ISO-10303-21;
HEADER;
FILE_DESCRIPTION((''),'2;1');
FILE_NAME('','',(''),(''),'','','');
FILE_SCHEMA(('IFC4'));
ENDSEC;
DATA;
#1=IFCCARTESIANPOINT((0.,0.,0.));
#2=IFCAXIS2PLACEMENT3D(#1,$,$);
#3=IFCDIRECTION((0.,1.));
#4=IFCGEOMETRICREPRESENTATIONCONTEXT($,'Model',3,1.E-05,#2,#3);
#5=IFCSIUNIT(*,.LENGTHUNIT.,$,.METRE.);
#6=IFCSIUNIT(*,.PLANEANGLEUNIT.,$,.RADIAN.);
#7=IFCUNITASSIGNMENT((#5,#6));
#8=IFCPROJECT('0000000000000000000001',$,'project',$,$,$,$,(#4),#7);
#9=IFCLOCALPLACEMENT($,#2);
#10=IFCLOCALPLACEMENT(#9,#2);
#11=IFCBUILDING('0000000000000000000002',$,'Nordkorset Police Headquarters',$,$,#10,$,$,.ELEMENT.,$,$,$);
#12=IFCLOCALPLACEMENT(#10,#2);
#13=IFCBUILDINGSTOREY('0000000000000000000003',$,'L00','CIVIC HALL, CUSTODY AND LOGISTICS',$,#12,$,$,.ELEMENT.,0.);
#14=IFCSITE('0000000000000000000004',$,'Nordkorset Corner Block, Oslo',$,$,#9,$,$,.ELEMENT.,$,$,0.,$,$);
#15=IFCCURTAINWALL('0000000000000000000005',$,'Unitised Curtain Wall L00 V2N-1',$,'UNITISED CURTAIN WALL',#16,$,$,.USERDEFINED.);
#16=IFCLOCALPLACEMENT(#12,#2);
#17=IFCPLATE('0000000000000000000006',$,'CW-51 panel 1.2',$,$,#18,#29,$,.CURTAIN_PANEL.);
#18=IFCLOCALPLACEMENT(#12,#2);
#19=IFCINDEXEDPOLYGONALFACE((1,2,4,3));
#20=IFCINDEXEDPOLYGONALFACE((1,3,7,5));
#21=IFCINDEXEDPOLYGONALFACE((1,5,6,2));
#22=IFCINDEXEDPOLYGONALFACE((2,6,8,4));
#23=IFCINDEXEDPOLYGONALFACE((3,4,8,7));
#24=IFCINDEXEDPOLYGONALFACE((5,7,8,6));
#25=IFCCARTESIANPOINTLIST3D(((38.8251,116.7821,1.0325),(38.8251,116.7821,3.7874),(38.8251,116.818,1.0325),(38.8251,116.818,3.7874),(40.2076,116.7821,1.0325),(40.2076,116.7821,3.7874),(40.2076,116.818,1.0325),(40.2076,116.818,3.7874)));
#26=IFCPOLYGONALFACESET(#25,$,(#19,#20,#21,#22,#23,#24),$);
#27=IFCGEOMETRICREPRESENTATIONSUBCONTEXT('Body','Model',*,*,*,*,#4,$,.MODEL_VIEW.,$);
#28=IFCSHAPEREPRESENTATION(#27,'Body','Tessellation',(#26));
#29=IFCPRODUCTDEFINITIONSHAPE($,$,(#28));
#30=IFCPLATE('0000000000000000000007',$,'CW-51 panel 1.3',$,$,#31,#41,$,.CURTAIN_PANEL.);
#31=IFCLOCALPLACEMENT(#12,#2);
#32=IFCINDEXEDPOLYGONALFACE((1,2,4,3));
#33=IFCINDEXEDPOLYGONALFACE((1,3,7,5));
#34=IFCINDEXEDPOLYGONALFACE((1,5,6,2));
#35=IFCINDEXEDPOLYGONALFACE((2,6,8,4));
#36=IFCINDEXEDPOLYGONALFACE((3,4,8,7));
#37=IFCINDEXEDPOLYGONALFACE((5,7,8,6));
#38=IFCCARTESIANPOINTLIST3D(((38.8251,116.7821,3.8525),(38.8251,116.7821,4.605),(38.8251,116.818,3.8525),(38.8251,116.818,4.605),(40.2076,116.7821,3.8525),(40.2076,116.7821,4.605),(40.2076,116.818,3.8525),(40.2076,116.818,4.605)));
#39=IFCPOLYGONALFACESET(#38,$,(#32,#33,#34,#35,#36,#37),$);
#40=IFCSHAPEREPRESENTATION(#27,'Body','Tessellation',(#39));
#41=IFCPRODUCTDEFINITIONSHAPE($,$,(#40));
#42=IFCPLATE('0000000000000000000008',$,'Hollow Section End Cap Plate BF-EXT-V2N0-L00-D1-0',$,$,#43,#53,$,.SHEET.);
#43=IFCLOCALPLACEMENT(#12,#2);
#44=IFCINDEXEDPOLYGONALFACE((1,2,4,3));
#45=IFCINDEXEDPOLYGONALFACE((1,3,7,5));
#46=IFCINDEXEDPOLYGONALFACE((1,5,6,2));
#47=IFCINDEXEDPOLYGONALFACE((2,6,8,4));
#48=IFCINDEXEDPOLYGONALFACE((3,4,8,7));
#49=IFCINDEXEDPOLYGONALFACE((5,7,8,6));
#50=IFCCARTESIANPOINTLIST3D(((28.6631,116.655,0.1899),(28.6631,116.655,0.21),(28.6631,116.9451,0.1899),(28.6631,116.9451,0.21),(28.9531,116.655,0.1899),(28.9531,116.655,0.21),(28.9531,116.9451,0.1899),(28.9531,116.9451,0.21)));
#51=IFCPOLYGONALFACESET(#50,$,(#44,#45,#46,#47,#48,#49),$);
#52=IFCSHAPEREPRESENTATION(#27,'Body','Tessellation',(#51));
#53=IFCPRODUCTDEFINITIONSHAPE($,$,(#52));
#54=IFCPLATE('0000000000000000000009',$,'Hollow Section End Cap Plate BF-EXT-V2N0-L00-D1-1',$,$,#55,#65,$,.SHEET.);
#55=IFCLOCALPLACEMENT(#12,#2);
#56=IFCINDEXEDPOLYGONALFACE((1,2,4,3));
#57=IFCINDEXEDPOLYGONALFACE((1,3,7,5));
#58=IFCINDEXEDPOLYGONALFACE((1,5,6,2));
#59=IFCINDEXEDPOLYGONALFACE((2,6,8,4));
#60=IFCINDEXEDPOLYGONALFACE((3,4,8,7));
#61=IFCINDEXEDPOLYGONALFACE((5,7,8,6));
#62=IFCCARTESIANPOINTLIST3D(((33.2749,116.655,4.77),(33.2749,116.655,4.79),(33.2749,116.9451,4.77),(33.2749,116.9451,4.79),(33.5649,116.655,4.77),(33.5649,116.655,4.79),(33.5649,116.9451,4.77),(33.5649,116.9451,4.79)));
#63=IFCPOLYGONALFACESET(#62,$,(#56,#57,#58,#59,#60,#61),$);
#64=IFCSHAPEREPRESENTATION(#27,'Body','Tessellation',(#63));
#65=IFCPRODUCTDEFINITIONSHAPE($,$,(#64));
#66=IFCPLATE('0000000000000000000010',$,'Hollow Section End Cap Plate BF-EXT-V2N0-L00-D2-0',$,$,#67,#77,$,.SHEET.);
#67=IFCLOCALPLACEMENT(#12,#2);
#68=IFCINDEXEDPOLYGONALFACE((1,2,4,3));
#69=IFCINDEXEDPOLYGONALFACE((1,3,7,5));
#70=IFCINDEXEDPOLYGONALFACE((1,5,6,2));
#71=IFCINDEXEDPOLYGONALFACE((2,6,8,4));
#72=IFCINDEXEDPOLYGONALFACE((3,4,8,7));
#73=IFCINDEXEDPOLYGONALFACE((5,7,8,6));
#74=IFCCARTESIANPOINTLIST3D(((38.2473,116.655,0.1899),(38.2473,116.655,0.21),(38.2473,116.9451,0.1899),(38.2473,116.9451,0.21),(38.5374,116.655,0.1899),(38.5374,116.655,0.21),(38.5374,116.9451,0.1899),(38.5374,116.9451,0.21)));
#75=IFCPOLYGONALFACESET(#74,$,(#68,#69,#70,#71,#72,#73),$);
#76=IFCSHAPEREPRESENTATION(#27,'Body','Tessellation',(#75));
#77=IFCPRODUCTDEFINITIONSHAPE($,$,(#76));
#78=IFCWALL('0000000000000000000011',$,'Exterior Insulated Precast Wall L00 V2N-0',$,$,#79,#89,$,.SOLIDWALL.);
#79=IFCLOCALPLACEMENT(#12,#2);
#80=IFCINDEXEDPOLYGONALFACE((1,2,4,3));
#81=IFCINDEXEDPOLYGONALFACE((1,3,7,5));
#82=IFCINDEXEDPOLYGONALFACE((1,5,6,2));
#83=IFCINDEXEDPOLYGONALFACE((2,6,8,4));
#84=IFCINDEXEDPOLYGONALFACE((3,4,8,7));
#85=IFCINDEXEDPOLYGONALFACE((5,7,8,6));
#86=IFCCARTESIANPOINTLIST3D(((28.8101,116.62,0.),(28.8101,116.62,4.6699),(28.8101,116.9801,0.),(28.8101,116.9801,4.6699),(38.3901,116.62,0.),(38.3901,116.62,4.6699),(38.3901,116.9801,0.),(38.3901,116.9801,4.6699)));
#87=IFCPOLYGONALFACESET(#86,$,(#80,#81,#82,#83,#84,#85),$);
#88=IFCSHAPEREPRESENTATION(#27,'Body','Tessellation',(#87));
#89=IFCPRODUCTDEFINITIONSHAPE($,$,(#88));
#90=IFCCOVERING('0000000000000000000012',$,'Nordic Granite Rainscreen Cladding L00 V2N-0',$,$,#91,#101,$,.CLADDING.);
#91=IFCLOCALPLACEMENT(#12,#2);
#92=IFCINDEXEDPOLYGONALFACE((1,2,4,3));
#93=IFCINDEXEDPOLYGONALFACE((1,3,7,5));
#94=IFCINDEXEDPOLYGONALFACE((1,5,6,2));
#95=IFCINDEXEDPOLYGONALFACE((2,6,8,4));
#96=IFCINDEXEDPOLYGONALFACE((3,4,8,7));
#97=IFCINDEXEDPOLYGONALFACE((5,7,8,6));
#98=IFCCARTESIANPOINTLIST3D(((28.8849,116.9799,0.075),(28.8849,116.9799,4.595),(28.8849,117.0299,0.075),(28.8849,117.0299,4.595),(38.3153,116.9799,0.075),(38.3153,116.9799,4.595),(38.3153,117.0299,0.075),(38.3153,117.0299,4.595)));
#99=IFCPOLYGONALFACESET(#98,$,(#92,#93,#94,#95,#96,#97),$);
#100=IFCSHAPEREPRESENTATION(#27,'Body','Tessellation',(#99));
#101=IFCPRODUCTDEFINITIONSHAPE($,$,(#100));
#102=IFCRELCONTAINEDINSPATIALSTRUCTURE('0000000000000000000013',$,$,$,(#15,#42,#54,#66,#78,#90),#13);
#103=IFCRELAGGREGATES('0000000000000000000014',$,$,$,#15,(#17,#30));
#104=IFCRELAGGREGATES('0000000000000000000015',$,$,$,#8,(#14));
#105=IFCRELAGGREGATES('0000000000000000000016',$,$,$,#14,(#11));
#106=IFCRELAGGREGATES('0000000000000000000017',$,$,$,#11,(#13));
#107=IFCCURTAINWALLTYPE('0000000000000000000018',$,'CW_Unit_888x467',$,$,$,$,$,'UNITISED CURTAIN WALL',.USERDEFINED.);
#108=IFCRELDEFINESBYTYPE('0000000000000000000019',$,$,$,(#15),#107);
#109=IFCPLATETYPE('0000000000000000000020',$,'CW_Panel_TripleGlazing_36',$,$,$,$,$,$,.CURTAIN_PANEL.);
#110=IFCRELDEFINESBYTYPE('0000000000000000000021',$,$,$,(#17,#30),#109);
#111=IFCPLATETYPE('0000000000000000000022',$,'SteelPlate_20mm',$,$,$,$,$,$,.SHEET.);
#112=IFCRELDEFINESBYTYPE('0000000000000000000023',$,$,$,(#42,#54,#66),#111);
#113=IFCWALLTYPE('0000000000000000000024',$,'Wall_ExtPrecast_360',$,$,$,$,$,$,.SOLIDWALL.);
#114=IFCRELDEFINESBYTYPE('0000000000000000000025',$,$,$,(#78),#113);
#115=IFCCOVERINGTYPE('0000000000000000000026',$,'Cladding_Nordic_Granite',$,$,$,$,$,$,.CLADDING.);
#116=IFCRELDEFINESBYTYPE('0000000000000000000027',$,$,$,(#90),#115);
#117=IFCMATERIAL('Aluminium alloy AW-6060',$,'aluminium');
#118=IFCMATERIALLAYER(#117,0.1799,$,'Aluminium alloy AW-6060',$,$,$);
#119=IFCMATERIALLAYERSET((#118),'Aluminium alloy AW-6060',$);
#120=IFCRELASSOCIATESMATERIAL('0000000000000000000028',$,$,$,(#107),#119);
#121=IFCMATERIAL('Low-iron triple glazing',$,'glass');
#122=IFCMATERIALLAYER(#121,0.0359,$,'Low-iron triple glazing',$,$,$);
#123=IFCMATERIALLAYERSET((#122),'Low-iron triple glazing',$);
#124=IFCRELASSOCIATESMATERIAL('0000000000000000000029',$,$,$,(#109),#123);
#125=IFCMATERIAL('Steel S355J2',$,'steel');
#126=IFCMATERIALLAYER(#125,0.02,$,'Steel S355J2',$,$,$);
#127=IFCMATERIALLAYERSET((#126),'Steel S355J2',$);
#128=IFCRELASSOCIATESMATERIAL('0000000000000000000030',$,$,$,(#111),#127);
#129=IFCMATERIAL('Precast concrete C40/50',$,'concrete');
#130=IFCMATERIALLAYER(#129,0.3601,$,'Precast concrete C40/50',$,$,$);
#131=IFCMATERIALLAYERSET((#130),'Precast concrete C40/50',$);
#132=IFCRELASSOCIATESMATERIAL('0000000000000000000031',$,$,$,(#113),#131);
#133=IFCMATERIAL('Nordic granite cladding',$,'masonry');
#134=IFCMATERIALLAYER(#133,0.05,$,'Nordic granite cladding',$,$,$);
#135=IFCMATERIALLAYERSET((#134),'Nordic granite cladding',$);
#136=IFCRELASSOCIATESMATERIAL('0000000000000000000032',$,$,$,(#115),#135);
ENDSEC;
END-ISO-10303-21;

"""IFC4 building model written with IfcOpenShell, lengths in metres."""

from ifc_helpers import new_model, si_unit, direction, frame, frame_2d, origin, origin_2d, place, context, subcontext, project, spatial, rectangle, extrude, material, layer, layer_set, type_object, element, aggregate, save


model = new_model("IFC4")

# Units and contexts
model_context = context("Model", 3, precision=1e-05, world=origin(), true_north=direction((0.0, 1.0)))
body_context = subcontext(model_context, "Body", "Model", "MODEL_VIEW")
ifc_project = project(units=[si_unit("LENGTHUNIT", "METRE"), si_unit("PLANEANGLEUNIT", "RADIAN")], contexts=[model_context])

# Site, building, storey
site_placement = place(None, origin())
site = spatial("IfcSite", under=ifc_project, at=site_placement, Name="Nordkorset Corner Block, Oslo", CompositionType="ELEMENT", RefElevation=0.0)
building_placement = place(site_placement, origin())
building = spatial("IfcBuilding", under=site, at=building_placement, Name="Nordkorset Police Headquarters", CompositionType="ELEMENT")
storey_placement = place(building_placement, origin())
storey = spatial("IfcBuildingStorey", under=building, at=storey_placement, Name="L00", Description="CIVIC HALL, CUSTODY AND LOGISTICS", CompositionType="ELEMENT", Elevation=0.0)

# Shared definitions
ifc_material_1 = material(Name="Aluminium alloy AW-6060", Category="aluminium")
ifc_layer_1 = layer(ifc_material_1, 0.1799, Name="Aluminium alloy AW-6060")
ifc_layer_set_1 = layer_set([ifc_layer_1], Name="Aluminium alloy AW-6060")
curtain_wall_type = type_object("IfcCurtainWallType", Name="CW_Unit_888x467", ElementType="UNITISED CURTAIN WALL", PredefinedType="USERDEFINED", material=ifc_layer_set_1)

# Curtain wall
curtain_wall_1_placement = place(storey_placement, origin())
curtain_wall_1 = element("IfcCurtainWall", 1, at=curtain_wall_1_placement, inside=storey, type_object=curtain_wall_type, Name="Unitised Curtain Wall L00 V2N-1", ObjectType="UNITISED CURTAIN WALL", PredefinedType="USERDEFINED")

# Plates
ifc_material_2 = material(Name="Low-iron triple glazing", Category="glass")
ifc_layer_2 = layer(ifc_material_2, 0.0359, Name="Low-iron triple glazing")
ifc_layer_set_2 = layer_set([ifc_layer_2], Name="Low-iron triple glazing")
plate_type_1 = type_object("IfcPlateType", Name="CW_Panel_TripleGlazing_36", PredefinedType="CURTAIN_PANEL", material=ifc_layer_set_2)
plate_1_placement = place(storey_placement, frame((39.5164, 116.8, 1.0325), z_axis=(0.0, 0.0, 1.0), x_axis=(1.0, 0.0, 0.0)))
plate_1 = element("IfcPlate", 2, at=plate_1_placement, type_object=plate_type_1, Name="CW-51 panel 1.2", PredefinedType="CURTAIN_PANEL", context=body_context, shape_type="SweptSolid", body=[
    extrude(rectangle(XDim=1.3826, YDim=0.0359, at=origin_2d()), origin(), (0.0, 0.0, 1.0), 2.7549),
])
plate_2_placement = place(storey_placement, frame((39.5164, 116.8, 3.8525), z_axis=(0.0, 0.0, 1.0), x_axis=(1.0, 0.0, 0.0)))
plate_2 = element("IfcPlate", 3, at=plate_2_placement, type_object=plate_type_1, Name="CW-51 panel 1.3", PredefinedType="CURTAIN_PANEL", context=body_context, shape_type="SweptSolid", body=[
    extrude(rectangle(XDim=1.3826, YDim=0.0359, at=origin_2d()), origin(), (0.0, 0.0, 1.0), 0.7524),
])
aggregate(curtain_wall_1, [plate_1, plate_2])

# Plates
ifc_material_3 = material(Name="Steel S355J2", Category="steel")
ifc_layer_3 = layer(ifc_material_3, 0.02, Name="Steel S355J2")
ifc_layer_set_3 = layer_set([ifc_layer_3], Name="Steel S355J2")
plate_type_2 = type_object("IfcPlateType", Name="SteelPlate_20mm", PredefinedType="SHEET", material=ifc_layer_set_3)
for number, where, z_axis, x_axis, name in (
    (4, (28.8081, 116.8, 0.1899), (0.0, 0.0, 1.0), (1.0, 0.0, 0.0), "Hollow Section End Cap Plate BF-EXT-V2N0-L00-D1-0"),
    (5, (33.4199, 116.8, 4.77), (0.0, 0.0, 1.0), (1.0, 0.0, 0.0), "Hollow Section End Cap Plate BF-EXT-V2N0-L00-D1-1"),
    (6, (38.3923, 116.8, 0.1899), (0.0, 0.0, 1.0), (1.0, 0.0, 0.0), "Hollow Section End Cap Plate BF-EXT-V2N0-L00-D2-0"),
):
    element("IfcPlate", number, at=place(storey_placement, frame(where, z_axis=z_axis, x_axis=x_axis)), inside=storey, type_object=plate_type_2, Name=name, PredefinedType="SHEET", context=body_context, shape_type="SweptSolid", body=[
        extrude(rectangle(XDim=0.29, YDim=0.29, at=origin_2d()), origin(), (0.0, 0.0, 1.0), 0.02),
    ])

# Wall
ifc_material_4 = material(Name="Precast concrete C40/50", Category="concrete")
ifc_layer_4 = layer(ifc_material_4, 0.3601, Name="Precast concrete C40/50")
ifc_layer_set_4 = layer_set([ifc_layer_4], Name="Precast concrete C40/50")
wall_type = type_object("IfcWallType", Name="Wall_ExtPrecast_360", PredefinedType="SOLIDWALL", material=ifc_layer_set_4)
wall_placement = place(storey_placement, frame((28.8101, 116.8, 0.0), z_axis=(0.0, 0.0, 1.0), x_axis=(1.0, 0.0, 0.0)))
element("IfcWall", 7, at=wall_placement, inside=storey, type_object=wall_type, Name="Exterior Insulated Precast Wall L00 V2N-0", PredefinedType="SOLIDWALL", context=body_context, shape_type="SweptSolid", body=[
    extrude(rectangle(XDim=9.5801, YDim=0.3601, at=frame_2d((4.79, 0.0))), origin(), (0.0, 0.0, 1.0), 4.6699),
])

# Covering
ifc_material_5 = material(Name="Nordic granite cladding", Category="masonry")
ifc_layer_5 = layer(ifc_material_5, 0.05, Name="Nordic granite cladding")
ifc_layer_set_5 = layer_set([ifc_layer_5], Name="Nordic granite cladding")
covering_type = type_object("IfcCoveringType", Name="Cladding_Nordic_Granite", PredefinedType="CLADDING", material=ifc_layer_set_5)
covering_placement = place(storey_placement, frame((33.6001, 117.0049, 0.075), z_axis=(0.0, 0.0, 1.0), x_axis=(1.0, 0.0, 0.0)))
element("IfcCovering", 8, at=covering_placement, inside=storey, type_object=covering_type, Name="Nordic Granite Rainscreen Cladding L00 V2N-0", PredefinedType="CLADDING", context=body_context, shape_type="SweptSolid", body=[
    extrude(rectangle(XDim=9.4304, YDim=0.05, at=origin_2d()), origin(), (0.0, 0.0, 1.0), 4.52),
])

save(model, "model.ifc")
